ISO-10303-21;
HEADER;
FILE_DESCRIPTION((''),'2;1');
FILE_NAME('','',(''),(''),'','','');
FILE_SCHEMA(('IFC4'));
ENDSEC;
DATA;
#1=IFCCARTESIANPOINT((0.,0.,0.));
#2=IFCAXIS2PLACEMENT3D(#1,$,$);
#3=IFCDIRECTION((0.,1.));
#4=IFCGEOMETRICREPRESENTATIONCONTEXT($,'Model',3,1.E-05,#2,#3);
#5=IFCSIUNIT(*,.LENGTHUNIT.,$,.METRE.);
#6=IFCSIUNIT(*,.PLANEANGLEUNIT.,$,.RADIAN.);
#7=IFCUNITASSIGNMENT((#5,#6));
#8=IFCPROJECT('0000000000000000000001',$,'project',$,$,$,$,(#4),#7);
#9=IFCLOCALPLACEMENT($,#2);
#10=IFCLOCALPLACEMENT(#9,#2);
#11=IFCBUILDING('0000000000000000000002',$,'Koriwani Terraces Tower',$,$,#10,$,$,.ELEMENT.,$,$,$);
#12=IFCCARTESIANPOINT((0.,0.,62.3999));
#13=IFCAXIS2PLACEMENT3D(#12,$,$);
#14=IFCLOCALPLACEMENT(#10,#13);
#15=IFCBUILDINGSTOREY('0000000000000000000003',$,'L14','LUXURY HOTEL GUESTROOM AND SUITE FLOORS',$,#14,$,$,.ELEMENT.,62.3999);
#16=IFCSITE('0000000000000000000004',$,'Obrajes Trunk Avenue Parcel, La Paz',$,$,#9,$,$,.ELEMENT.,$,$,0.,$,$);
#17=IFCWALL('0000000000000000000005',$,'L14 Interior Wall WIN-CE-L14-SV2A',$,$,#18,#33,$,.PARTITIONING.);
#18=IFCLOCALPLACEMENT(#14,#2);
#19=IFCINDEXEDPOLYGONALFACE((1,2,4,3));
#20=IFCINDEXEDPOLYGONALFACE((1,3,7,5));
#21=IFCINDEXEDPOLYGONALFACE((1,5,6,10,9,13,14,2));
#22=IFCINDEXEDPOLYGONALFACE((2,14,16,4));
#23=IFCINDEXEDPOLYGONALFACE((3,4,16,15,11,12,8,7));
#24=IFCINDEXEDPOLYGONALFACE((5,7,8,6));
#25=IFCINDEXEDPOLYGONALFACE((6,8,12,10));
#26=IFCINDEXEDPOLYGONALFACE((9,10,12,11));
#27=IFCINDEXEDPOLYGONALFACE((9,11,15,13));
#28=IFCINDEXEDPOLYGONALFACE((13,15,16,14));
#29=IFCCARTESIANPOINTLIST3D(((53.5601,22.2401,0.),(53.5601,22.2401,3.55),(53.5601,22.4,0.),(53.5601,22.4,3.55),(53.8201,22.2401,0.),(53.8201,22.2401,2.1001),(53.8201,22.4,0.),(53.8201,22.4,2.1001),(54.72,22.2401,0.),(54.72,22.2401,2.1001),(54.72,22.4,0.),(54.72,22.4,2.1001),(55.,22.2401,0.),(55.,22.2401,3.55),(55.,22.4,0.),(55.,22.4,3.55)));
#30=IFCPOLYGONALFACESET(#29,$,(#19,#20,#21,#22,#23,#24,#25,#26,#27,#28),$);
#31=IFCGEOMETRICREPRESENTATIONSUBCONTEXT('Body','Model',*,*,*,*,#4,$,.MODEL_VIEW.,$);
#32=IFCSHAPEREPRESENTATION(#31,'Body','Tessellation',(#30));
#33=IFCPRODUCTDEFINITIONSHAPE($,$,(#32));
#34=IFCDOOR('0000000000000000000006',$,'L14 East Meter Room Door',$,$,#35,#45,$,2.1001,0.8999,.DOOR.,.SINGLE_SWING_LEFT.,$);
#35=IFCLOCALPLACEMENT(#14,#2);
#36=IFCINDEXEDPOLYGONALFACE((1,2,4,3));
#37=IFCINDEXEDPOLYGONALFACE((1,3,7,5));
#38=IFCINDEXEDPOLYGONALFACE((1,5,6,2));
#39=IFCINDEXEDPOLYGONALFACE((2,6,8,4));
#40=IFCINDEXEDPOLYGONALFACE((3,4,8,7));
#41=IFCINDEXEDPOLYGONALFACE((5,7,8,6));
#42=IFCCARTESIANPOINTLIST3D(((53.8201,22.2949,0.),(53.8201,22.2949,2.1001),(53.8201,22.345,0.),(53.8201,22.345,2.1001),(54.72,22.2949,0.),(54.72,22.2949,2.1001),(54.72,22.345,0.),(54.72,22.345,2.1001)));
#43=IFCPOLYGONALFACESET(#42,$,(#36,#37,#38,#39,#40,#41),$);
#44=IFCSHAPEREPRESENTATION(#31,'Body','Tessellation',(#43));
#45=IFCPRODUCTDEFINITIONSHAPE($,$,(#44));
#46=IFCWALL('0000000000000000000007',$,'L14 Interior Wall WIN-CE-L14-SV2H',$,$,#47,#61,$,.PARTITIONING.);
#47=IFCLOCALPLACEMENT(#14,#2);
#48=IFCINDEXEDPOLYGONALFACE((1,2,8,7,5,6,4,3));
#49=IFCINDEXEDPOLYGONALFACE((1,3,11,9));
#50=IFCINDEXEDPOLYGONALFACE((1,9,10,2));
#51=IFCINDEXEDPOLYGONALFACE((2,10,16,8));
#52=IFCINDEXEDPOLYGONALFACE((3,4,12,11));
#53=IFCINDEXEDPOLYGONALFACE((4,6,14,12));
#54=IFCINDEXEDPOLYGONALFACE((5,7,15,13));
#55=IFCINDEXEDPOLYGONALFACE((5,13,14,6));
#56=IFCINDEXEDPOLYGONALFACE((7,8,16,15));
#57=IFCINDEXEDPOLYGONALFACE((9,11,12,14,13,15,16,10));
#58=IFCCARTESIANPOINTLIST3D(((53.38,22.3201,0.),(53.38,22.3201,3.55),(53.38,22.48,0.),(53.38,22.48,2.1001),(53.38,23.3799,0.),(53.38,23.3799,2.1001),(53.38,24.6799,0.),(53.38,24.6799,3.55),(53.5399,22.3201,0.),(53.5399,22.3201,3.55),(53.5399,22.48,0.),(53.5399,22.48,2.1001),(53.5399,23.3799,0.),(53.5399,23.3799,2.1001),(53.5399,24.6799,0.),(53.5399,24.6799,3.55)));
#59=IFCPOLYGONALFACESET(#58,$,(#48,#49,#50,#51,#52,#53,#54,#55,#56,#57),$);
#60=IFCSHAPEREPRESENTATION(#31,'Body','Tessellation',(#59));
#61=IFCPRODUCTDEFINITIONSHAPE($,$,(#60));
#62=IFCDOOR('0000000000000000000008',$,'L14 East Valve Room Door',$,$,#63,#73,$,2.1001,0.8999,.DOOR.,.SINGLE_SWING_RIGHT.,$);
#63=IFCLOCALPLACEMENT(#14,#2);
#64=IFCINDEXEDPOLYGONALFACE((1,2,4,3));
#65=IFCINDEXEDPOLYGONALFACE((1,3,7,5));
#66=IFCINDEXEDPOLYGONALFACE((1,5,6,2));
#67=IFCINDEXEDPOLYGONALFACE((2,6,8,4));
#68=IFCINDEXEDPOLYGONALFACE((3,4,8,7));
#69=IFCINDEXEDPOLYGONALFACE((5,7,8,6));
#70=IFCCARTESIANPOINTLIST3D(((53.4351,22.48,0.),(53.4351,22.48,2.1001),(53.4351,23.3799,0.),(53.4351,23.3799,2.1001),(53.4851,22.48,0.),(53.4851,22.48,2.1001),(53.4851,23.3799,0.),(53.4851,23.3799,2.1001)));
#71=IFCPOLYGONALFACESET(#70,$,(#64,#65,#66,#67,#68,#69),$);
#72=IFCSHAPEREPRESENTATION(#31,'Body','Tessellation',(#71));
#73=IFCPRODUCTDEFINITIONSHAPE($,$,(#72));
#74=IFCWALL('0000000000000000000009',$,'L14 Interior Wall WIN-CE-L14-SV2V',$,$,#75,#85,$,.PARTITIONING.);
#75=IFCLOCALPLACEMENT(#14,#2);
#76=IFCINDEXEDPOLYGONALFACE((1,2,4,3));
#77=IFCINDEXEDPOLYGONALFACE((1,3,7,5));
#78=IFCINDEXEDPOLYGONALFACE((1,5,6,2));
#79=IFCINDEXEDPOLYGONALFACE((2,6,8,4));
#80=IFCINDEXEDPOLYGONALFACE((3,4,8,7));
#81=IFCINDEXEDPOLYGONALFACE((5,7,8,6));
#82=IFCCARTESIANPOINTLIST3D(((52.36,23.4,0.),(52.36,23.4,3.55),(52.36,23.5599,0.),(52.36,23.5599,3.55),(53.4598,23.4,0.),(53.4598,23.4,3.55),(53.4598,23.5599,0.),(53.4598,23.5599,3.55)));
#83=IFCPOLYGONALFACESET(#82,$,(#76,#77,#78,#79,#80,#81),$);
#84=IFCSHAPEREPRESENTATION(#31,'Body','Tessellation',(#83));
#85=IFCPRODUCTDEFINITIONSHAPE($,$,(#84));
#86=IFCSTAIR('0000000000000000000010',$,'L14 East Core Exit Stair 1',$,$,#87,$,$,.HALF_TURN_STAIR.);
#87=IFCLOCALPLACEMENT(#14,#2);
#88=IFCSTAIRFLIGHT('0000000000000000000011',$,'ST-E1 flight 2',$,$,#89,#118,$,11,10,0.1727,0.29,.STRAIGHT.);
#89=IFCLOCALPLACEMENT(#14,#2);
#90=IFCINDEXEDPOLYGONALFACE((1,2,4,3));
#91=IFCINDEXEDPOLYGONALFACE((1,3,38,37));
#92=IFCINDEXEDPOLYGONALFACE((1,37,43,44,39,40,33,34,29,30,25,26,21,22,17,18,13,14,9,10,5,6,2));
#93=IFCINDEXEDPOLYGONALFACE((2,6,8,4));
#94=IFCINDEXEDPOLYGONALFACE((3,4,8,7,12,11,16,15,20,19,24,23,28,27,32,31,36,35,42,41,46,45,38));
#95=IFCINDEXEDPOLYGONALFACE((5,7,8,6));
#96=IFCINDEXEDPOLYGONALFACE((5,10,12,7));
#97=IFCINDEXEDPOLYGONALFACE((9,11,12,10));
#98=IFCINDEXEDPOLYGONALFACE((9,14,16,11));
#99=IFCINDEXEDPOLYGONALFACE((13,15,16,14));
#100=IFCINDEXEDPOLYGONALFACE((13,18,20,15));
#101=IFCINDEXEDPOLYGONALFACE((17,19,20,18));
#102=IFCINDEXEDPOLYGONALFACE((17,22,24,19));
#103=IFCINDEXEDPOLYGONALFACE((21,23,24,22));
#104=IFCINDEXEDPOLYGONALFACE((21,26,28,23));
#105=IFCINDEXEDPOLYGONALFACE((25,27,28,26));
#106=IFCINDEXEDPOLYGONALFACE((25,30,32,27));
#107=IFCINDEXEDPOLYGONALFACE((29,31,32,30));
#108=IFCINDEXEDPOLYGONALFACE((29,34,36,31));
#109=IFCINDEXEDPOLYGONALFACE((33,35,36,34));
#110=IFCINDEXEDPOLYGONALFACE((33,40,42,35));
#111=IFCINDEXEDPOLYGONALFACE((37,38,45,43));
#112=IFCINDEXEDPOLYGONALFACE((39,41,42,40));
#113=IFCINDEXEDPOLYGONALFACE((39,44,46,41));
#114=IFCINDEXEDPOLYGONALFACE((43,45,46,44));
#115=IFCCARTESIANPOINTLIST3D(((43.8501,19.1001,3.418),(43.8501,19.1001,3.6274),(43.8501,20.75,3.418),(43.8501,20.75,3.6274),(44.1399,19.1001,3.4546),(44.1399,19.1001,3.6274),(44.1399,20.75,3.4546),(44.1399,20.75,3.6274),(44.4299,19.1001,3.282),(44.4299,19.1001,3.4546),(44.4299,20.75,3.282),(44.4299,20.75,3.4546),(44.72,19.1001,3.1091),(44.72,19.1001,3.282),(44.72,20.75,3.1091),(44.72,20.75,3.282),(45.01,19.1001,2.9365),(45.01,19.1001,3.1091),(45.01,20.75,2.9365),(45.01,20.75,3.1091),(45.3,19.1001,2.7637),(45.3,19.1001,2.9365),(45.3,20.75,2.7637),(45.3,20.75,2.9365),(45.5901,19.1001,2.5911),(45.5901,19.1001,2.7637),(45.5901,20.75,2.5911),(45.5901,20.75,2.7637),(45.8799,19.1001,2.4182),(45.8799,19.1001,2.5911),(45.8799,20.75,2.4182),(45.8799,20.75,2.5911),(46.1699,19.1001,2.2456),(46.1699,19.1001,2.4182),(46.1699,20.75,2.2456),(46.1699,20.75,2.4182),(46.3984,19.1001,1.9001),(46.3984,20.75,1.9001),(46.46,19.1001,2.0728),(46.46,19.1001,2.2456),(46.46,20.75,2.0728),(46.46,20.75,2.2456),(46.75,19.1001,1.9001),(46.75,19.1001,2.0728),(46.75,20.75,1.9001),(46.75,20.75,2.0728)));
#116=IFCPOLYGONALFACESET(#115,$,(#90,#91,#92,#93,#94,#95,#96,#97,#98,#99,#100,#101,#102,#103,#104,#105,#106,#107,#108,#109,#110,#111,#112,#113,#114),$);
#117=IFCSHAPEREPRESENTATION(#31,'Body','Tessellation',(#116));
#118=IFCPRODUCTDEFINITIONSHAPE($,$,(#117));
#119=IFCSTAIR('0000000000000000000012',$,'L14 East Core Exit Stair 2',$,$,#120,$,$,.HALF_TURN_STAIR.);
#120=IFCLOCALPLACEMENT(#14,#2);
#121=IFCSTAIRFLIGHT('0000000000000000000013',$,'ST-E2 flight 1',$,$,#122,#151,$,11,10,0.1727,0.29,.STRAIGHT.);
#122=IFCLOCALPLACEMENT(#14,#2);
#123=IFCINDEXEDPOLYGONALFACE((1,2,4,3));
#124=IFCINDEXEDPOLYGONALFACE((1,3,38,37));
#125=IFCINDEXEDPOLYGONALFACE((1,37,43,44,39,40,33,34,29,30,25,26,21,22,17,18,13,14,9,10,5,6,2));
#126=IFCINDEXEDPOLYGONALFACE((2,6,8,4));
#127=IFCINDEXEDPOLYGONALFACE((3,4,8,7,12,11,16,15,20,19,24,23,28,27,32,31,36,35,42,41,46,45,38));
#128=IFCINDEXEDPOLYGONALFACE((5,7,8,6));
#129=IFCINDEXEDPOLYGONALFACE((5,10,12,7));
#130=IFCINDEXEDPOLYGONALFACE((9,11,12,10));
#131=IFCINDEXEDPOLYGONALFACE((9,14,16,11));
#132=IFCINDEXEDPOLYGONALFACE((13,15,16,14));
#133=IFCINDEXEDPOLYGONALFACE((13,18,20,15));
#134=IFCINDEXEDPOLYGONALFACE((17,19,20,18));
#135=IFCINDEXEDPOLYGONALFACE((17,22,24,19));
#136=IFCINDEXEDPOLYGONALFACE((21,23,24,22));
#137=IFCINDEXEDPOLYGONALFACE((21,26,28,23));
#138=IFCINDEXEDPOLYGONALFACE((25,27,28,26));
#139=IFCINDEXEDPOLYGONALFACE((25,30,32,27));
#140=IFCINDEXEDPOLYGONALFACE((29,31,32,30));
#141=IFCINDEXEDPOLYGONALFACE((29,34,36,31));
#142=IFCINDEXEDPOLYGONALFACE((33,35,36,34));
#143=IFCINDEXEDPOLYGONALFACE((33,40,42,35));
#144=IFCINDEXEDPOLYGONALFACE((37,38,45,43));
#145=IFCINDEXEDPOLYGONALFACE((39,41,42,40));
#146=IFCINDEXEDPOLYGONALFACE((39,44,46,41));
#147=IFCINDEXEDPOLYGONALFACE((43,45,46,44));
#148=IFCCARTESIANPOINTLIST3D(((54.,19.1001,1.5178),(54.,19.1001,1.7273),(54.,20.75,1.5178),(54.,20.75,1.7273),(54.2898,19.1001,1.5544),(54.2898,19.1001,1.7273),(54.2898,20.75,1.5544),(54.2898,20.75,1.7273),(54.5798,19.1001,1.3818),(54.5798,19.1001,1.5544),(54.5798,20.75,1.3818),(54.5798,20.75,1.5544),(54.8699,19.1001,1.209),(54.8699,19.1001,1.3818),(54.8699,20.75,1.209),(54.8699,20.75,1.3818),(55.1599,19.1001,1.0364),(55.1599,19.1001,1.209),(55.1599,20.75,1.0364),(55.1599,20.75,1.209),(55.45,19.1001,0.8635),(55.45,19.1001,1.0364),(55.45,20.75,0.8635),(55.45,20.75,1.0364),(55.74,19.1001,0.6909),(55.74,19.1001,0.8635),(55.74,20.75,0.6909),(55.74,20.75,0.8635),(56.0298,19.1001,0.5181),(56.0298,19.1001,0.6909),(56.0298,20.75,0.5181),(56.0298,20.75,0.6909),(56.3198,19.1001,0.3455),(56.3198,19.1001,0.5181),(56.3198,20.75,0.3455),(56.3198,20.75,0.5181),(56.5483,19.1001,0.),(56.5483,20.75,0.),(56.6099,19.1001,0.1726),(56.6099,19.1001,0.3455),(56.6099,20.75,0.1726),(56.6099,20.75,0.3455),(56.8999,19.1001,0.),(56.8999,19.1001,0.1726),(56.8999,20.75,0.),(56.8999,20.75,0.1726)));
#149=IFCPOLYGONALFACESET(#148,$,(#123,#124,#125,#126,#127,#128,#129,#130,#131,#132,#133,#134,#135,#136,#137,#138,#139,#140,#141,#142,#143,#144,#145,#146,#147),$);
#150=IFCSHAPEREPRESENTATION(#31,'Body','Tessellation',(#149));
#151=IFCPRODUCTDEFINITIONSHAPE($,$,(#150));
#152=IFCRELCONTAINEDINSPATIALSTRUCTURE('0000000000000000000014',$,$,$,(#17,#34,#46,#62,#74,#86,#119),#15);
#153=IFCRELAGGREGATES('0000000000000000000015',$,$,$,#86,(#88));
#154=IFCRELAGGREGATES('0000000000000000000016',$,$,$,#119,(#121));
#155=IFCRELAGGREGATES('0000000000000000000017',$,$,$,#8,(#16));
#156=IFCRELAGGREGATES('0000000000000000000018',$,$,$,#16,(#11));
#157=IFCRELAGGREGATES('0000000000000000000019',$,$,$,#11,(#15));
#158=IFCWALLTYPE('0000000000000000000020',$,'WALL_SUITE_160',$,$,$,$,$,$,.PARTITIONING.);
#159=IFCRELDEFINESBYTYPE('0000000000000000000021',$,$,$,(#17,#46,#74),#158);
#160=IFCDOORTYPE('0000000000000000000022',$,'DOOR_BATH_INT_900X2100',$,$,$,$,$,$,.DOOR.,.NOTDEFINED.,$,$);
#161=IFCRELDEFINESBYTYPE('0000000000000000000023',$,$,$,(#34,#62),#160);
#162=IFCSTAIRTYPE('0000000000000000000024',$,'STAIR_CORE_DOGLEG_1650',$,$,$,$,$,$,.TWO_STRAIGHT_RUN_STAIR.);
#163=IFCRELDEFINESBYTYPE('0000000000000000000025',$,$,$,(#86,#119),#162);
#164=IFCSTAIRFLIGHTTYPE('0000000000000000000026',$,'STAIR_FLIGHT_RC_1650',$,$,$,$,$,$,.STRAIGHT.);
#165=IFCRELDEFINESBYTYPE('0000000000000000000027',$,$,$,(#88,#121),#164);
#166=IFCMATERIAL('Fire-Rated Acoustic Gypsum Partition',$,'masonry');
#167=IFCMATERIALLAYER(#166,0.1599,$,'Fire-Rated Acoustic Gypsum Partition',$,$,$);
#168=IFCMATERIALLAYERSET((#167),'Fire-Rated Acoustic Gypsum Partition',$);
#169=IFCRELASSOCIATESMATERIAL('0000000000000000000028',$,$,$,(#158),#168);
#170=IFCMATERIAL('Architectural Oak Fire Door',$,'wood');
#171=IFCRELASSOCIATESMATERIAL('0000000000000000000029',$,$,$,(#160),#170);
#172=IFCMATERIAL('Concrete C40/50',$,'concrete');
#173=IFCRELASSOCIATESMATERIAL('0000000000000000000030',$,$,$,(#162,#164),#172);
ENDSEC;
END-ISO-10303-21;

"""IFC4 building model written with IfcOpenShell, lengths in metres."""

from ifc_helpers import new_model, si_unit, direction, frame, frame_2d, origin, place, context, subcontext, project, spatial, polyline, rectangle, outline, extrude, material, layer, layer_set, type_object, element, fill, aggregate, save


model = new_model("IFC4")

# Units and contexts
model_context = context("Model", 3, precision=1e-05, world=origin(), true_north=direction((0.0, 1.0)))
body_context = subcontext(model_context, "Body", "Model", "MODEL_VIEW")
ifc_project = project(units=[si_unit("LENGTHUNIT", "METRE"), si_unit("PLANEANGLEUNIT", "RADIAN")], contexts=[model_context])

# Site, building, storey
site_placement = place(None, origin())
site = spatial("IfcSite", under=ifc_project, at=site_placement, Name="Obrajes Trunk Avenue Parcel, La Paz", CompositionType="ELEMENT", RefElevation=0.0)
building_placement = place(site_placement, origin())
building = spatial("IfcBuilding", under=site, at=building_placement, Name="Koriwani Terraces Tower", CompositionType="ELEMENT")
storey_placement = place(building_placement, frame((0.0, 0.0, 62.3999)))
storey = spatial("IfcBuildingStorey", under=building, at=storey_placement, Name="L14", Description="LUXURY HOTEL GUESTROOM AND SUITE FLOORS", CompositionType="ELEMENT", Elevation=62.3999)

# Shared definitions
ifc_material_1 = material(Name="Concrete C40/50", Category="concrete")

# Walls, openings, doors
ifc_material_2 = material(Name="Fire-Rated Acoustic Gypsum Partition", Category="masonry")
ifc_layer_1 = layer(ifc_material_2, 0.1599, Name="Fire-Rated Acoustic Gypsum Partition")
ifc_layer_set_1 = layer_set([ifc_layer_1], Name="Fire-Rated Acoustic Gypsum Partition")
wall_type_1 = type_object("IfcWallType", Name="WALL_SUITE_160", PredefinedType="PARTITIONING", material=ifc_layer_set_1)
wall_1_placement = place(storey_placement, frame((53.5601, 22.3201, 0.0), z_axis=(0.0, 0.0, 1.0), x_axis=(1.0, 0.0, 0.0)))
wall_1 = element("IfcWall", 1, at=wall_1_placement, inside=storey, type_object=wall_type_1, Name="L14 Interior Wall WIN-CE-L14-SV2A", PredefinedType="PARTITIONING", context=body_context, shape_type="SweptSolid", body=[
    extrude(rectangle(XDim=1.4399, YDim=0.1599, at=frame_2d((0.72, 0.0))), origin(), (0.0, 0.0, 1.0), 3.55),
])
opening_1_placement = place(wall_1_placement, frame((0.26, 0.0, 0.0)))
opening_1 = element("IfcOpeningElement", 2, at=opening_1_placement, cuts=wall_1, PredefinedType="OPENING", context=body_context, shape_type="SweptSolid", body=[
    extrude(rectangle(XDim=0.8999, YDim=2.1001, at=frame_2d((0.45, 1.05))), frame((0.0, 0.0898, 0.0), z_axis=(0.0, -1.0, 0.0), x_axis=(1.0, 0.0, 0.0)), (0.0, 0.0, 1.0), 0.1799),
])
ifc_material_3 = material(Name="Architectural Oak Fire Door", Category="wood")
door_type_1 = type_object("IfcDoorType", Name="DOOR_BATH_INT_900X2100", OperationType="NOTDEFINED", PredefinedType="DOOR", material=ifc_material_3)
door_1_placement = place(opening_1_placement, origin())
door_1 = element("IfcDoor", 3, at=door_1_placement, inside=storey, type_object=door_type_1, Name="L14 East Meter Room Door", OperationType="SINGLE_SWING_LEFT", OverallHeight=2.1001, OverallWidth=0.8999, PredefinedType="DOOR", context=body_context, shape_type="SweptSolid", body=[
    extrude(rectangle(XDim=0.8999, YDim=2.1001, at=frame_2d((0.45, 1.05))), frame((0.0, 0.0249, 0.0), z_axis=(0.0, -1.0, 0.0), x_axis=(1.0, 0.0, 0.0)), (0.0, 0.0, 1.0), 0.05),
])
fill(opening_1, door_1)
wall_2_placement = place(storey_placement, frame((53.46, 22.3201, 0.0), z_axis=(0.0, 0.0, 1.0), x_axis=(0.0, 1.0, 0.0)))
wall_2 = element("IfcWall", 4, at=wall_2_placement, inside=storey, type_object=wall_type_1, Name="L14 Interior Wall WIN-CE-L14-SV2H", PredefinedType="PARTITIONING", context=body_context, shape_type="SweptSolid", body=[
    extrude(rectangle(XDim=2.3599, YDim=0.1599, at=frame_2d((1.1799, 0.0))), origin(), (0.0, 0.0, 1.0), 3.55),
])
opening_2_placement = place(wall_2_placement, frame((0.1599, 0.0, 0.0)))
opening_2 = element("IfcOpeningElement", 5, at=opening_2_placement, cuts=wall_2, PredefinedType="OPENING", context=body_context, shape_type="SweptSolid", body=[
    extrude(rectangle(XDim=0.8999, YDim=2.1001, at=frame_2d((0.45, 1.05))), frame((0.0, 0.0898, 0.0), z_axis=(0.0, -1.0, 0.0), x_axis=(1.0, 0.0, 0.0)), (0.0, 0.0, 1.0), 0.1799),
])
door_2_placement = place(opening_2_placement, origin())
door_2 = element("IfcDoor", 6, at=door_2_placement, inside=storey, type_object=door_type_1, Name="L14 East Valve Room Door", OperationType="SINGLE_SWING_RIGHT", OverallHeight=2.1001, OverallWidth=0.8999, PredefinedType="DOOR", context=body_context, shape_type="SweptSolid", body=[
    extrude(rectangle(XDim=0.8999, YDim=2.1001, at=frame_2d((0.45, 1.05))), frame((0.0, 0.0249, 0.0), z_axis=(0.0, -1.0, 0.0), x_axis=(1.0, 0.0, 0.0)), (0.0, 0.0, 1.0), 0.05),
])
fill(opening_2, door_2)

# Wall
wall_3_placement = place(storey_placement, frame((52.3601, 23.48, 0.0), z_axis=(0.0, 0.0, 1.0), x_axis=(1.0, 0.0, 0.0)))
element("IfcWall", 7, at=wall_3_placement, inside=storey, type_object=wall_type_1, Name="L14 Interior Wall WIN-CE-L14-SV2V", PredefinedType="PARTITIONING", context=body_context, shape_type="SweptSolid", body=[
    extrude(rectangle(XDim=1.0999, YDim=0.1599, at=frame_2d((0.5498, 0.0))), origin(), (0.0, 0.0, 1.0), 3.55),
])

# Stair, stair flight
stair_type = type_object("IfcStairType", Name="STAIR_CORE_DOGLEG_1650", PredefinedType="TWO_STRAIGHT_RUN_STAIR", material=ifc_material_1)
stair_1_placement = place(storey_placement, origin())
stair_1 = element("IfcStair", 8, at=stair_1_placement, inside=storey, type_object=stair_type, Name="L14 East Core Exit Stair 1", PredefinedType="HALF_TURN_STAIR")
stair_flight_type = type_object("IfcStairFlightType", Name="STAIR_FLIGHT_RC_1650", PredefinedType="STRAIGHT", material=ifc_material_1)
stair_flight_1_placement = place(storey_placement, frame((46.75, 19.925, 1.9001), z_axis=(0.0, 0.0, 1.0), x_axis=(-1.0, 0.0, 0.0)))
stair_flight_1 = element("IfcStairFlight", 9, at=stair_flight_1_placement, type_object=stair_flight_type, Name="ST-E1 flight 2", NumberOfRisers=11, NumberOfTreads=10, PredefinedType="STRAIGHT", RiserHeight=0.1727, TreadLength=0.29, context=body_context, shape_type="SweptSolid", body=[
    extrude(outline(polyline([(0.0, 0.0), (0.0, 0.1726), (0.29, 0.1726), (0.29, 0.3455), (0.5801, 0.3455), (0.5801, 0.5181), (0.8701, 0.5181), (0.8701, 0.6909), (1.1599, 0.6909), (1.1599, 0.8635), (1.45, 0.8635), (1.45, 1.0364), (1.74, 1.0364), (1.74, 1.209), (2.03, 1.209), (2.03, 1.3818), (2.3201, 1.3818), (2.3201, 1.5544), (2.6101, 1.5544), (2.6101, 1.7273), (2.8999, 1.7273), (2.8999, 1.8999), (2.8999, 1.5178), (0.3516, 0.0), (0.0, 0.0)])), frame((0.0, 0.825, 0.0), z_axis=(0.0, -1.0, 0.0), x_axis=(1.0, 0.0, 0.0)), (0.0, 0.0, 1.0), 1.6499),
])
aggregate(stair_1, [stair_flight_1])

# Stair, stair flight
stair_2_placement = place(storey_placement, origin())
stair_2 = element("IfcStair", 10, at=stair_2_placement, inside=storey, type_object=stair_type, Name="L14 East Core Exit Stair 2", PredefinedType="HALF_TURN_STAIR")
stair_flight_2_placement = place(storey_placement, frame((56.8999, 19.925, 0.0), z_axis=(0.0, 0.0, 1.0), x_axis=(-1.0, 0.0, 0.0)))
stair_flight_2 = element("IfcStairFlight", 11, at=stair_flight_2_placement, type_object=stair_flight_type, Name="ST-E2 flight 1", NumberOfRisers=11, NumberOfTreads=10, PredefinedType="STRAIGHT", RiserHeight=0.1727, TreadLength=0.29, context=body_context, shape_type="SweptSolid", body=[
    extrude(outline(polyline([(0.0, 0.0), (0.0, 0.1726), (0.29, 0.1726), (0.29, 0.3455), (0.5801, 0.3455), (0.5801, 0.5181), (0.8701, 0.5181), (0.8701, 0.6909), (1.1599, 0.6909), (1.1599, 0.8635), (1.45, 0.8635), (1.45, 1.0364), (1.74, 1.0364), (1.74, 1.209), (2.03, 1.209), (2.03, 1.3818), (2.3201, 1.3818), (2.3201, 1.5544), (2.6101, 1.5544), (2.6101, 1.7273), (2.8999, 1.7273), (2.8999, 1.8999), (2.8999, 1.5178), (0.3516, 0.0), (0.0, 0.0)])), frame((0.0, 0.825, 0.0), z_axis=(0.0, -1.0, 0.0), x_axis=(1.0, 0.0, 0.0)), (0.0, 0.0, 1.0), 1.6499),
])
aggregate(stair_2, [stair_flight_2])

save(model, "model.ifc")
